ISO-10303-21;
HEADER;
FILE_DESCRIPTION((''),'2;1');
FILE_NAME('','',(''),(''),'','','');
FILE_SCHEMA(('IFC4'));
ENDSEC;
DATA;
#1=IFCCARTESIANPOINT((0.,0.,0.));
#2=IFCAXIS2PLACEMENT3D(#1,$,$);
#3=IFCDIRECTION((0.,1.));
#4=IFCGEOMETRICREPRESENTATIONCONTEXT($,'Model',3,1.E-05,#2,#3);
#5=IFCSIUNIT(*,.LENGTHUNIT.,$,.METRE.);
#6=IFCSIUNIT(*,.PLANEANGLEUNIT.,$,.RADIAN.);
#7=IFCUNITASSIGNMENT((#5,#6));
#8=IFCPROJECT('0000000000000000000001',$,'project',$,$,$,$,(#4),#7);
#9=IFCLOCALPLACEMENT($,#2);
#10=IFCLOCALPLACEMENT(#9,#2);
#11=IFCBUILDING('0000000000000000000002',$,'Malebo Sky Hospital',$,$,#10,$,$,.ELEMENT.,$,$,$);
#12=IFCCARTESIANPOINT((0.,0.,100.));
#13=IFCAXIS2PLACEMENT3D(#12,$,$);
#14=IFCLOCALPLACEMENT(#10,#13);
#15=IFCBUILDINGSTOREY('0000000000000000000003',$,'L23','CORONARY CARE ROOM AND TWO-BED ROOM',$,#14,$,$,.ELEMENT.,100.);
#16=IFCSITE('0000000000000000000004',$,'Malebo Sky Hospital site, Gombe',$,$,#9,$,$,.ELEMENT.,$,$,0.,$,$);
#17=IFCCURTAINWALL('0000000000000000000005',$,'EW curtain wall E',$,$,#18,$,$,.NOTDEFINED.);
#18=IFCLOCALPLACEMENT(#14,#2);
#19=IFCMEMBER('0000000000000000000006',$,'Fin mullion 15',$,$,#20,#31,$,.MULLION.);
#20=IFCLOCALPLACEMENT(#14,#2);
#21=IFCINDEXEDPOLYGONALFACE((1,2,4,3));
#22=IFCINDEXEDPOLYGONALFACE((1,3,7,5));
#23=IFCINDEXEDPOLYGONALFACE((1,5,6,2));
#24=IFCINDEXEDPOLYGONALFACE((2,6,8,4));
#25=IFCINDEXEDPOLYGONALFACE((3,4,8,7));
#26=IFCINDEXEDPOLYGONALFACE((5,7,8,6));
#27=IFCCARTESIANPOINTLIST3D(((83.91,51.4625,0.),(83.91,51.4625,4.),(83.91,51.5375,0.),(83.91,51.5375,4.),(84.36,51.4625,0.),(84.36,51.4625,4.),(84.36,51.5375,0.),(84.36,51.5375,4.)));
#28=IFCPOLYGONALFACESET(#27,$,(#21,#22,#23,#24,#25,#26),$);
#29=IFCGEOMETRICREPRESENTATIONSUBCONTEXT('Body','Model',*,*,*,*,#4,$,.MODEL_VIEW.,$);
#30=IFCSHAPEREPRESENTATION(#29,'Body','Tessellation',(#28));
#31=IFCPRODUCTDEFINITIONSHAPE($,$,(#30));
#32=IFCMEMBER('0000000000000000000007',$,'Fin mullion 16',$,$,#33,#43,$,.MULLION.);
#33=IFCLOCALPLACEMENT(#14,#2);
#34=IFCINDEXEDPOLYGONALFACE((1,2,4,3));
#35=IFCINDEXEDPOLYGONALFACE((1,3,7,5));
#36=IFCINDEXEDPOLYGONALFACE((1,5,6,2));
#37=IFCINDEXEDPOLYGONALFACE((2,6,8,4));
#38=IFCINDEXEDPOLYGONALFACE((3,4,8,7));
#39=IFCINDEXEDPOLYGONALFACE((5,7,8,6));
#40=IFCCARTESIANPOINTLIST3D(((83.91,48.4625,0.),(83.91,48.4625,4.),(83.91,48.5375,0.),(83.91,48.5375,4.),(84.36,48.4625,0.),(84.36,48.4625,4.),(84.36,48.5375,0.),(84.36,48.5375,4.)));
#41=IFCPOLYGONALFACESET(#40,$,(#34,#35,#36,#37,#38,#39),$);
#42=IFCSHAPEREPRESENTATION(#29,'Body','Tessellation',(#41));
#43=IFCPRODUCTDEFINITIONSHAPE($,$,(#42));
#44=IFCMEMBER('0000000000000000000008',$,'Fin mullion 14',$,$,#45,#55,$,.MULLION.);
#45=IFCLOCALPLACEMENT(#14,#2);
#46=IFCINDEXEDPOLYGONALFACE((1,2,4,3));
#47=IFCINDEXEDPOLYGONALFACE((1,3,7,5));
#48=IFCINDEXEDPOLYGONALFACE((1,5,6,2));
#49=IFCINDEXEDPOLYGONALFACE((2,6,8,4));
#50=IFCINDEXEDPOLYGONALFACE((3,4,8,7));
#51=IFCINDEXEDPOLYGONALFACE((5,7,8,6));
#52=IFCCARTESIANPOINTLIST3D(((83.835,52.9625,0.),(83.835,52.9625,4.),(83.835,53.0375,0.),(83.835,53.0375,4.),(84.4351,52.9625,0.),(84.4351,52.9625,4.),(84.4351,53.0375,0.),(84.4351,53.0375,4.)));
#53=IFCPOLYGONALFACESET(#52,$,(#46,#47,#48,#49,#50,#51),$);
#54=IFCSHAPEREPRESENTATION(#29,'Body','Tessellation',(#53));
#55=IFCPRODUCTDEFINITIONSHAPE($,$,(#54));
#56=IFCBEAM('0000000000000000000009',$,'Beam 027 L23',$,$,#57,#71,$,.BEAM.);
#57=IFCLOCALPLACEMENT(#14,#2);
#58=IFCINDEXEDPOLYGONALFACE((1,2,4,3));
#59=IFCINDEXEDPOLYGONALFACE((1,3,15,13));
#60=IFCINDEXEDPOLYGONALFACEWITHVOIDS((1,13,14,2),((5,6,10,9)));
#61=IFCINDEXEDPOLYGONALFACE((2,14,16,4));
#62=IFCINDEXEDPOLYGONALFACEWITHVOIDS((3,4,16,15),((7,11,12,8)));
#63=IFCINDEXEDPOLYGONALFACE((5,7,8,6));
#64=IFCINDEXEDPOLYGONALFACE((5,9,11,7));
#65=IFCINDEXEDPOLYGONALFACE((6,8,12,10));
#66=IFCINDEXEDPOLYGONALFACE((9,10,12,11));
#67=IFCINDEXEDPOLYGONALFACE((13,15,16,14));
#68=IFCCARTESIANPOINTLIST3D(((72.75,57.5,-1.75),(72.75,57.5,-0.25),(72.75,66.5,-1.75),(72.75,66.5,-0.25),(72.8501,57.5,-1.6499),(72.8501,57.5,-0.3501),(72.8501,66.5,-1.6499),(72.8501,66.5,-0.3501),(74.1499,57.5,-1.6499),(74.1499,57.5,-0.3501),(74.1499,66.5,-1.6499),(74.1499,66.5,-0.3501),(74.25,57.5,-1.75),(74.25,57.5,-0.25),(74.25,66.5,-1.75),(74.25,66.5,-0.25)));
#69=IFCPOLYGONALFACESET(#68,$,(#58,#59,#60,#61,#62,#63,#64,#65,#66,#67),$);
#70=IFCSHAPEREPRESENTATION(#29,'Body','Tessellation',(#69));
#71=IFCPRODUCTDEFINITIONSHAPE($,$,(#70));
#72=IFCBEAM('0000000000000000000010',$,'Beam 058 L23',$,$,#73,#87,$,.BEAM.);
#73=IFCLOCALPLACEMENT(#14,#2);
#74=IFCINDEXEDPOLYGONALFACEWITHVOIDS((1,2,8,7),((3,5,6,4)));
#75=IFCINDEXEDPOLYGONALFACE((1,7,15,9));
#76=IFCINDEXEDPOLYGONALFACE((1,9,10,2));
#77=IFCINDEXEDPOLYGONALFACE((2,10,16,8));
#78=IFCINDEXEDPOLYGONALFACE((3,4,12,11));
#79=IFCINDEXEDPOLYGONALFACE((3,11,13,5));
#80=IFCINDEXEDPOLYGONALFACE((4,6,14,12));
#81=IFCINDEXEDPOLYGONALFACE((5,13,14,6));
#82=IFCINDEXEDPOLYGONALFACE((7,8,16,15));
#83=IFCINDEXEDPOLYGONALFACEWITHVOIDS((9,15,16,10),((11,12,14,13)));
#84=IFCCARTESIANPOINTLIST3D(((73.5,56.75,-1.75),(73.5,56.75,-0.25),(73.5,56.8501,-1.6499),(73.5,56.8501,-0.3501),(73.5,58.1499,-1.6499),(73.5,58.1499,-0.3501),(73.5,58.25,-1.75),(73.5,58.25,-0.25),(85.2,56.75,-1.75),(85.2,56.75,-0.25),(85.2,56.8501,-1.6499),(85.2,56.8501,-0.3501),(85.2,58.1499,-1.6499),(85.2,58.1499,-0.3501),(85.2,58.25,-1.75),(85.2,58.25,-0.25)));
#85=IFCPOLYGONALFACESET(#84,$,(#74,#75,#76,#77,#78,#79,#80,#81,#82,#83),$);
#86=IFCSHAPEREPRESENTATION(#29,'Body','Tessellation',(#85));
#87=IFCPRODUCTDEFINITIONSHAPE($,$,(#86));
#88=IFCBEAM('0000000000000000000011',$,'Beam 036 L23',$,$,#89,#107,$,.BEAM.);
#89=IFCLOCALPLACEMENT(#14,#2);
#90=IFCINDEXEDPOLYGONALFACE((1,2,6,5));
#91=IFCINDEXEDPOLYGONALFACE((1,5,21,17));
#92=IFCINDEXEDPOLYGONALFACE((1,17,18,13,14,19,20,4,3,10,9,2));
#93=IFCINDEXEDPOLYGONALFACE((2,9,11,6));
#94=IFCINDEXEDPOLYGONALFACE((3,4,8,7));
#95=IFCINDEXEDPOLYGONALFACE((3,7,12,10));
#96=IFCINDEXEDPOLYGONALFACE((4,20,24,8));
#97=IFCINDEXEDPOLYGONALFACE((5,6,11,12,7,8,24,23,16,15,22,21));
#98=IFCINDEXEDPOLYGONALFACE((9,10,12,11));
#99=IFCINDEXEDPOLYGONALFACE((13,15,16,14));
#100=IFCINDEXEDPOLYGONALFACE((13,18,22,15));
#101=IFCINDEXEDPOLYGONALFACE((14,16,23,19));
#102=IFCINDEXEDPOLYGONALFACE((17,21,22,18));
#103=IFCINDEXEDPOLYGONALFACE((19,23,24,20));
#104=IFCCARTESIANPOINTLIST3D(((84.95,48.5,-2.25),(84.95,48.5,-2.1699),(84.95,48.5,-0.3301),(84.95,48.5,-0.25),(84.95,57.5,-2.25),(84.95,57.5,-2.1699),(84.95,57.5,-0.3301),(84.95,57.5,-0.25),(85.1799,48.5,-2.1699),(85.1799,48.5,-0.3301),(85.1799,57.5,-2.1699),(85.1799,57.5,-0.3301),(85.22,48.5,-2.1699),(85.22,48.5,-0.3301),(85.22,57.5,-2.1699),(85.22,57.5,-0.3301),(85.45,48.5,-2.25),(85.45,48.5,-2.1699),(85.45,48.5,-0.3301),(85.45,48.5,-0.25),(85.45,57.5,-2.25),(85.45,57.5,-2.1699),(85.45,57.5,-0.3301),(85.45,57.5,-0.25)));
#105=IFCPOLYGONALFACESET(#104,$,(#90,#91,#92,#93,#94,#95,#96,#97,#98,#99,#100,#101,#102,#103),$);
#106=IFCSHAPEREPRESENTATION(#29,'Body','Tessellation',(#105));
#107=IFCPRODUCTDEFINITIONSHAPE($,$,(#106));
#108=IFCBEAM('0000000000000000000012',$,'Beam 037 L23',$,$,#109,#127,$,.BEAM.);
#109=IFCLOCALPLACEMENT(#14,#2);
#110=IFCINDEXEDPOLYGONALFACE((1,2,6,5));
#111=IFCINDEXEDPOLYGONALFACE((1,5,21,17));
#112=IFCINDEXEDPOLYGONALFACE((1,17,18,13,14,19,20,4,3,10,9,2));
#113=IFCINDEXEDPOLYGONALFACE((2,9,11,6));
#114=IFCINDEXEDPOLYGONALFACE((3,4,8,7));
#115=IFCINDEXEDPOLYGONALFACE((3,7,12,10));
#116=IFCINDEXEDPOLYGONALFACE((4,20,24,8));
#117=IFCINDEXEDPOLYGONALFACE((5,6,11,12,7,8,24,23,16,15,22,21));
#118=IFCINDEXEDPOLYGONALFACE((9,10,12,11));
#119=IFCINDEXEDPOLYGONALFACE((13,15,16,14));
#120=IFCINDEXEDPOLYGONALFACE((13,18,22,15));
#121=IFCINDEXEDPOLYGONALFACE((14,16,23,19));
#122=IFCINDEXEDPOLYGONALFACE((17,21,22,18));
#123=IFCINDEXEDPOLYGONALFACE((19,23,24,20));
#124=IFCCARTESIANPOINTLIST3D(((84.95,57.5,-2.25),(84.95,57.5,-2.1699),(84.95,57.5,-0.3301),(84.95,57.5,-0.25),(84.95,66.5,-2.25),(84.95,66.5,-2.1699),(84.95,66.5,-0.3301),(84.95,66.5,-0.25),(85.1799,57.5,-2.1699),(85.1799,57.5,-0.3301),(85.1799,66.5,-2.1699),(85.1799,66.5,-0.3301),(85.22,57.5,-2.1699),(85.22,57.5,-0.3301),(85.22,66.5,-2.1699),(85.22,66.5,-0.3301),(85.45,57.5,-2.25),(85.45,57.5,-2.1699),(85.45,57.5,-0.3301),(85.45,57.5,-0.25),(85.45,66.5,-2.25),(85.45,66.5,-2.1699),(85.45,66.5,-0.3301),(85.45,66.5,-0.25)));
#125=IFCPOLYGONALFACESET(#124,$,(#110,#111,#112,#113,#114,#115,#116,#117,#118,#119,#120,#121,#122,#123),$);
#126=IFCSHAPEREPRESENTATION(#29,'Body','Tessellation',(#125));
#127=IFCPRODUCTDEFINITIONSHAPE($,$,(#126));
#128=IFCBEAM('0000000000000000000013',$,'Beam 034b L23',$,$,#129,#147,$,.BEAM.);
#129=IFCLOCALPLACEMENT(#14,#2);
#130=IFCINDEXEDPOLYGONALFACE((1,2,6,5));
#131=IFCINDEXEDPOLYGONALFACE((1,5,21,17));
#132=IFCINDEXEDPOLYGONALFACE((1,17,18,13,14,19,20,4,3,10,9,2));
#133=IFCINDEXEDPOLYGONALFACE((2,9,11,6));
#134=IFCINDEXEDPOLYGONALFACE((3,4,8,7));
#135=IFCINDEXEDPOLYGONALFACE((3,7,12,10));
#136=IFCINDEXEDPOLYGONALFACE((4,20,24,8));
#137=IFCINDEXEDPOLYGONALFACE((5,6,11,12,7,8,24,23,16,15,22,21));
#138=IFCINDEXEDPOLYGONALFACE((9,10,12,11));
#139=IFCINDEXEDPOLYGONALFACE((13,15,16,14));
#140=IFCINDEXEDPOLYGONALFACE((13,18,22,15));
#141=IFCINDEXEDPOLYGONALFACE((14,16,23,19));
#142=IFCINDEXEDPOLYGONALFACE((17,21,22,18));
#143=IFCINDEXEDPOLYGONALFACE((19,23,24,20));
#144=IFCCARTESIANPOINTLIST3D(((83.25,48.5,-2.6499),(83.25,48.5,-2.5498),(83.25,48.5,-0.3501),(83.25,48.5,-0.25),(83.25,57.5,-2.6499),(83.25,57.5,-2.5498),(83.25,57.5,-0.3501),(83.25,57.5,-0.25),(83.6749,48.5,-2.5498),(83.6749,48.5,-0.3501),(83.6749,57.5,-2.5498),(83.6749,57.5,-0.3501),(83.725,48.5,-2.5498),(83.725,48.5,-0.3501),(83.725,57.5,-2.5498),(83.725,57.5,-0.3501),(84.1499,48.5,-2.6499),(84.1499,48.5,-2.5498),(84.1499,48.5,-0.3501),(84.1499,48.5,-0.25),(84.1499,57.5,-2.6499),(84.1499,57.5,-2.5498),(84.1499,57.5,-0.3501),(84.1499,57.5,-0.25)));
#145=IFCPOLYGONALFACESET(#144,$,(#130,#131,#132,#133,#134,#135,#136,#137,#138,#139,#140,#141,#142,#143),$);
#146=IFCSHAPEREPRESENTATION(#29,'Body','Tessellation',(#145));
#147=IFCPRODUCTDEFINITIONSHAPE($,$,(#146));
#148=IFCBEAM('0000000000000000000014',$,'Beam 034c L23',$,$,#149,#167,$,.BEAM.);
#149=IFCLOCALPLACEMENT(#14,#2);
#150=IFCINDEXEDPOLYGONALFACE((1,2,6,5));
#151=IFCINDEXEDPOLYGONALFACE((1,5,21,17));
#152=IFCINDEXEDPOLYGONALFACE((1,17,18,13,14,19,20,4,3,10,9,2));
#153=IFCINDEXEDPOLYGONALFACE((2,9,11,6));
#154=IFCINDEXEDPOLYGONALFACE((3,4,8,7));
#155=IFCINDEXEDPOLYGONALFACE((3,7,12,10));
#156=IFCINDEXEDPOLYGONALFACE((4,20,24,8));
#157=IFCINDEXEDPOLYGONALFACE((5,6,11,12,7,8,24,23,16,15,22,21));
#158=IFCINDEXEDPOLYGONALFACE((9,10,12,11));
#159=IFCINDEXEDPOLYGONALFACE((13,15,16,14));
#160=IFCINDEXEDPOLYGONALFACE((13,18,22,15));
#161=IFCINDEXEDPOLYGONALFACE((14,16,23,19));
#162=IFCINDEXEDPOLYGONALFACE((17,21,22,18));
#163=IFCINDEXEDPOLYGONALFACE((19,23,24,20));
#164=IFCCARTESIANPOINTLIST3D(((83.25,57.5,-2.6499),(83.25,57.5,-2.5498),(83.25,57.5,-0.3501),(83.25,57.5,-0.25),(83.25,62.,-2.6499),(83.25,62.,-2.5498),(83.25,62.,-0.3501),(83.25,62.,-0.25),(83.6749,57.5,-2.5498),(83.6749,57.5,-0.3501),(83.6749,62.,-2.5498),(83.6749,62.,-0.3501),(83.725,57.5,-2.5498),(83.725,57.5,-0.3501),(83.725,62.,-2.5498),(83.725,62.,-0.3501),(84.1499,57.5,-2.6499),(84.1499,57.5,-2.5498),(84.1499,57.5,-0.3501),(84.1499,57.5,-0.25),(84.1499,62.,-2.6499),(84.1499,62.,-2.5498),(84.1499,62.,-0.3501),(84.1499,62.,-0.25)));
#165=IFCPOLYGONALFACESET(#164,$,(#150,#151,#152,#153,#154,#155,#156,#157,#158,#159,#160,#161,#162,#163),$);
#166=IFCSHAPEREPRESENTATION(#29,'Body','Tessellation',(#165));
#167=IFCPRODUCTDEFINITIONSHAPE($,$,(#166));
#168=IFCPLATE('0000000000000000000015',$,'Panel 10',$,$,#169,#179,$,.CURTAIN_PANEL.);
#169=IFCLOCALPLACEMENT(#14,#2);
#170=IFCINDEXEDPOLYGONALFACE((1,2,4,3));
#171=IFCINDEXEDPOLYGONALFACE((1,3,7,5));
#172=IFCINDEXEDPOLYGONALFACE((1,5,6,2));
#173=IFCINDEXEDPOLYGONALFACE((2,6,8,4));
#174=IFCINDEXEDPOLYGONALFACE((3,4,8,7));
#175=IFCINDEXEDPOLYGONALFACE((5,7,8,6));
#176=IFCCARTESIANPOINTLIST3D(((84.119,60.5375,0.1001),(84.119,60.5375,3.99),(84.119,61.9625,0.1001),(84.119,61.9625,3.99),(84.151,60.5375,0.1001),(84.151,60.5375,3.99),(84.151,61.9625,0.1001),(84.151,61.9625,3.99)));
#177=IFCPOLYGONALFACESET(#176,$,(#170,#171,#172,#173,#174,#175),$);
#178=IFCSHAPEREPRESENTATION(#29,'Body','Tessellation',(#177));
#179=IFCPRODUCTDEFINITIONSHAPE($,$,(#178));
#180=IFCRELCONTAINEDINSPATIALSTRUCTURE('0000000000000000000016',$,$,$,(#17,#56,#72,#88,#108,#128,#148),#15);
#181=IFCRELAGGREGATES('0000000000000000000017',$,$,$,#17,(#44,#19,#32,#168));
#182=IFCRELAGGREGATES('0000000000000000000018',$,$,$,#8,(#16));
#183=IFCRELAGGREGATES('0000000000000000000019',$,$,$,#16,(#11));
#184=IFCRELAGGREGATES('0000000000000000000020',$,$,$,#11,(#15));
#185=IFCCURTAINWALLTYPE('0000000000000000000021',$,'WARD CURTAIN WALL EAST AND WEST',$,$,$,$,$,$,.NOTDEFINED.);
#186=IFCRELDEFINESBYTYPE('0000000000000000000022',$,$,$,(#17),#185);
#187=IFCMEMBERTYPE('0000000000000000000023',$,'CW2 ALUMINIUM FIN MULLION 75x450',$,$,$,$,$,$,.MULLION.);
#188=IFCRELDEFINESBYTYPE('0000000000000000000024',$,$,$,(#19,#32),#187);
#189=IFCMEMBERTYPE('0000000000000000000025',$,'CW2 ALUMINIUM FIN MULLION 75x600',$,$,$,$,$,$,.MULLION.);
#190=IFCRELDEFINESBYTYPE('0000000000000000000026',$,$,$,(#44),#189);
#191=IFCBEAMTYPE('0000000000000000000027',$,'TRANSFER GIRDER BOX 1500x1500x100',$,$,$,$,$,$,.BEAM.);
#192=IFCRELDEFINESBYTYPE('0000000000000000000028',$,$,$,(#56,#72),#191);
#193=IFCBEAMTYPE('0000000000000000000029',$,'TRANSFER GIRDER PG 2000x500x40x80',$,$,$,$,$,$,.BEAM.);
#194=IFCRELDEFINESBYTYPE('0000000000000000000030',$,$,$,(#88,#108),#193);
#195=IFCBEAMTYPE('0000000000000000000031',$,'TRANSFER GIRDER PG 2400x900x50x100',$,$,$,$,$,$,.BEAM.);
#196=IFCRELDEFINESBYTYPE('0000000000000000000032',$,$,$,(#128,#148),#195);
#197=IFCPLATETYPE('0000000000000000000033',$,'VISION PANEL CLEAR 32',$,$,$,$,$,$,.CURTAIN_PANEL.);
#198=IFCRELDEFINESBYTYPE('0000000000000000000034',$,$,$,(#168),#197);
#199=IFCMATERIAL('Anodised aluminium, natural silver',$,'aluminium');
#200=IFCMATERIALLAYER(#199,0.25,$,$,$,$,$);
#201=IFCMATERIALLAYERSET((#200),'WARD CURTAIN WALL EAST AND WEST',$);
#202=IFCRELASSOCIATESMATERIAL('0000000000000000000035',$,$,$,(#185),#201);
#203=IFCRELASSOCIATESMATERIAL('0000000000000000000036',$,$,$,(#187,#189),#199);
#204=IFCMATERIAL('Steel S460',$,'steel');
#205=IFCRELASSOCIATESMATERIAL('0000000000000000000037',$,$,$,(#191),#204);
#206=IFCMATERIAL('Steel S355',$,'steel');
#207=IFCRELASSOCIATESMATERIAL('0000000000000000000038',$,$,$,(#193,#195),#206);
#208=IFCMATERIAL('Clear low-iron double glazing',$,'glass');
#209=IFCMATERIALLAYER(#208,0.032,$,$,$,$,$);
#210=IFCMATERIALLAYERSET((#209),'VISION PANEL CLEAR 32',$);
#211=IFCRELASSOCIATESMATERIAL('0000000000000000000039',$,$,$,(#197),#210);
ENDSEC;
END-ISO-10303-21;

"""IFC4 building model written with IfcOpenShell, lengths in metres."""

from ifc_helpers import new_model, si_unit, direction, frame, origin, origin_2d, place, context, subcontext, project, spatial, rectangle, hollow_rectangle, i_section, extrude, material, layer, layer_set, material_profile, profile_set, type_object, element, aggregate, save


model = new_model("IFC4")

# Units and contexts
model_context = context("Model", 3, precision=1e-05, world=origin(), true_north=direction((0.0, 1.0)))
body_context = subcontext(model_context, "Body", "Model", "MODEL_VIEW")
ifc_project = project(units=[si_unit("LENGTHUNIT", "METRE"), si_unit("PLANEANGLEUNIT", "RADIAN")], contexts=[model_context])

# Site, building, storey
site_placement = place(None, origin())
site = spatial("IfcSite", under=ifc_project, at=site_placement, Name="Malebo Sky Hospital site, Gombe", CompositionType="ELEMENT", RefElevation=0.0)
building_placement = place(site_placement, origin())
building = spatial("IfcBuilding", under=site, at=building_placement, Name="Malebo Sky Hospital", CompositionType="ELEMENT")
storey_placement = place(building_placement, frame((0.0, 0.0, 100.0)))
storey = spatial("IfcBuildingStorey", under=building, at=storey_placement, Name="L23", Description="CORONARY CARE ROOM AND TWO-BED ROOM", CompositionType="ELEMENT", Elevation=100.0)

# Shared definitions
ifc_material_1 = material(Name="Steel S460", Category="steel")

# Curtain wall, members
ifc_material_2 = material(Name="Anodised aluminium, natural silver", Category="aluminium")
ifc_layer_1 = layer(ifc_material_2, 0.25)
ifc_layer_set_1 = layer_set([ifc_layer_1], Name="WARD CURTAIN WALL EAST AND WEST")
curtain_wall_type = type_object("IfcCurtainWallType", Name="WARD CURTAIN WALL EAST AND WEST", PredefinedType="NOTDEFINED", material=ifc_layer_set_1)
curtain_wall_placement = place(storey_placement, origin())
curtain_wall = element("IfcCurtainWall", 1, at=curtain_wall_placement, inside=storey, type_object=curtain_wall_type, Name="EW curtain wall E", PredefinedType="NOTDEFINED")
ifc_material_profile_1 = material_profile(ifc_material_2, rectangle(XDim=0.075, YDim=0.45, at=origin_2d()), Name="CW2 ALUMINIUM FIN MULLION 75x450")
ifc_profile_set_1 = profile_set([ifc_material_profile_1], Name="Anodised aluminium, natural silver")
member_type_1 = type_object("IfcMemberType", Name="CW2 ALUMINIUM FIN MULLION 75x450", PredefinedType="MULLION", material=ifc_profile_set_1)
member_1_placement = place(storey_placement, frame((84.135, 51.5, 0.0), z_axis=(0.0, 0.0, 1.0), x_axis=(0.0, -1.0, 0.0)))
member_1 = element("IfcMember", 2, at=member_1_placement, type_object=member_type_1, Name="Fin mullion 15", PredefinedType="MULLION", context=body_context, shape_type="SweptSolid", body=[
    extrude(rectangle(XDim=0.075, YDim=0.45, at=origin_2d()), origin(), (0.0, 0.0, 1.0), 4.0),
])
member_2_placement = place(storey_placement, frame((84.135, 48.5, 0.0), z_axis=(0.0, 0.0, 1.0), x_axis=(0.0, -1.0, 0.0)))
member_2 = element("IfcMember", 3, at=member_2_placement, type_object=member_type_1, Name="Fin mullion 16", PredefinedType="MULLION", context=body_context, shape_type="SweptSolid", body=[
    extrude(rectangle(XDim=0.075, YDim=0.45, at=origin_2d()), origin(), (0.0, 0.0, 1.0), 4.0),
])
ifc_material_profile_2 = material_profile(ifc_material_2, rectangle(XDim=0.075, YDim=0.6001, at=origin_2d()), Name="CW2 ALUMINIUM FIN MULLION 75x600")
ifc_profile_set_2 = profile_set([ifc_material_profile_2], Name="Anodised aluminium, natural silver")
member_type_2 = type_object("IfcMemberType", Name="CW2 ALUMINIUM FIN MULLION 75x600", PredefinedType="MULLION", material=ifc_profile_set_2)
member_3_placement = place(storey_placement, frame((84.135, 53.0, 0.0), z_axis=(0.0, 0.0, 1.0), x_axis=(0.0, -1.0, 0.0)))
member_3 = element("IfcMember", 4, at=member_3_placement, type_object=member_type_2, Name="Fin mullion 14", PredefinedType="MULLION", context=body_context, shape_type="SweptSolid", body=[
    extrude(rectangle(XDim=0.075, YDim=0.6001, at=origin_2d()), origin(), (0.0, 0.0, 1.0), 4.0),
])

# Beams
ifc_material_profile_3 = material_profile(ifc_material_1, hollow_rectangle(XDim=1.5, YDim=1.5, WallThickness=0.1001, at=origin_2d()), Name="BOX 1500x1500x100")
ifc_profile_set_3 = profile_set([ifc_material_profile_3], Name="Steel S460")
beam_type_1 = type_object("IfcBeamType", Name="TRANSFER GIRDER BOX 1500x1500x100", PredefinedType="BEAM", material=ifc_profile_set_3)
beam_1_placement = place(storey_placement, frame((73.5, 57.5, -1.0), z_axis=(0.0, 1.0, 0.0), x_axis=(-1.0, 0.0, 0.0)))
element("IfcBeam", 5, at=beam_1_placement, inside=storey, type_object=beam_type_1, Name="Beam 027 L23", PredefinedType="BEAM", context=body_context, shape_type="SweptSolid", body=[
    extrude(hollow_rectangle(XDim=1.5, YDim=1.5, WallThickness=0.1001, at=origin_2d()), origin(), (0.0, 0.0, 1.0), 9.0),
])
beam_2_placement = place(storey_placement, frame((73.5, 57.5, -1.0), z_axis=(1.0, 0.0, 0.0), x_axis=(0.0, 1.0, 0.0)))
element("IfcBeam", 6, at=beam_2_placement, inside=storey, type_object=beam_type_1, Name="Beam 058 L23", PredefinedType="BEAM", context=body_context, shape_type="SweptSolid", body=[
    extrude(hollow_rectangle(XDim=1.5, YDim=1.5, WallThickness=0.1001, at=origin_2d()), origin(), (0.0, 0.0, 1.0), 11.7),
])
ifc_material_3 = material(Name="Steel S355", Category="steel")
ifc_material_profile_4 = material_profile(ifc_material_3, i_section(OverallWidth=0.5, OverallDepth=2.0, WebThickness=0.04, FlangeThickness=0.0801, at=origin_2d()), Name="PG 2000x500x40x80")
ifc_profile_set_4 = profile_set([ifc_material_profile_4], Name="Steel S355")
beam_type_2 = type_object("IfcBeamType", Name="TRANSFER GIRDER PG 2000x500x40x80", PredefinedType="BEAM", material=ifc_profile_set_4)
for number, where, z_axis, x_axis, name in (
    (7, (85.2, 48.5, -1.25), (0.0, 1.0, 0.0), (-1.0, 0.0, 0.0), "Beam 036 L23"),
    (8, (85.2, 57.5, -1.25), (0.0, 1.0, 0.0), (-1.0, 0.0, 0.0), "Beam 037 L23"),
):
    element("IfcBeam", number, at=place(storey_placement, frame(where, z_axis=z_axis, x_axis=x_axis)), inside=storey, type_object=beam_type_2, Name=name, PredefinedType="BEAM", context=body_context, shape_type="SweptSolid", body=[
        extrude(i_section(OverallWidth=0.5, OverallDepth=2.0, WebThickness=0.04, FlangeThickness=0.0801, at=origin_2d()), origin(), (0.0, 0.0, 1.0), 9.0),
    ])
ifc_material_profile_5 = material_profile(ifc_material_3, i_section(OverallWidth=0.8999, OverallDepth=2.3999, WebThickness=0.05, FlangeThickness=0.1001, at=origin_2d()), Name="PG 2400x900x50x100")
ifc_profile_set_5 = profile_set([ifc_material_profile_5], Name="Steel S355")
beam_type_3 = type_object("IfcBeamType", Name="TRANSFER GIRDER PG 2400x900x50x100", PredefinedType="BEAM", material=ifc_profile_set_5)
beam_3_placement = place(storey_placement, frame((83.7, 48.5, -1.45), z_axis=(0.0, 1.0, 0.0), x_axis=(-1.0, 0.0, 0.0)))
element("IfcBeam", 9, at=beam_3_placement, inside=storey, type_object=beam_type_3, Name="Beam 034b L23", PredefinedType="BEAM", context=body_context, shape_type="SweptSolid", body=[
    extrude(i_section(OverallWidth=0.8999, OverallDepth=2.3999, WebThickness=0.05, FlangeThickness=0.1001, at=origin_2d()), origin(), (0.0, 0.0, 1.0), 9.0),
])
beam_4_placement = place(storey_placement, frame((83.7, 57.5, -1.45), z_axis=(0.0, 1.0, 0.0), x_axis=(-1.0, 0.0, 0.0)))
element("IfcBeam", 10, at=beam_4_placement, inside=storey, type_object=beam_type_3, Name="Beam 034c L23", PredefinedType="BEAM", context=body_context, shape_type="SweptSolid", body=[
    extrude(i_section(OverallWidth=0.8999, OverallDepth=2.3999, WebThickness=0.05, FlangeThickness=0.1001, at=origin_2d()), origin(), (0.0, 0.0, 1.0), 4.5),
])

# Plate
ifc_material_4 = material(Name="Clear low-iron double glazing", Category="glass")
ifc_layer_2 = layer(ifc_material_4, 0.032)
ifc_layer_set_2 = layer_set([ifc_layer_2], Name="VISION PANEL CLEAR 32")
plate_type = type_object("IfcPlateType", Name="VISION PANEL CLEAR 32", PredefinedType="CURTAIN_PANEL", material=ifc_layer_set_2)
plate_1_placement = place(storey_placement, frame((84.135, 61.25, 0.1001), z_axis=(0.0, 0.0, 1.0), x_axis=(0.0, -1.0, 0.0)))
plate_1 = element("IfcPlate", 11, at=plate_1_placement, type_object=plate_type, Name="Panel 10", PredefinedType="CURTAIN_PANEL", context=body_context, shape_type="SweptSolid", body=[
    extrude(rectangle(XDim=1.425, YDim=0.032, at=origin_2d()), origin(), (0.0, 0.0, 1.0), 3.8899),
])
aggregate(curtain_wall, [member_3, member_1, member_2, plate_1])

save(model, "model.ifc")
